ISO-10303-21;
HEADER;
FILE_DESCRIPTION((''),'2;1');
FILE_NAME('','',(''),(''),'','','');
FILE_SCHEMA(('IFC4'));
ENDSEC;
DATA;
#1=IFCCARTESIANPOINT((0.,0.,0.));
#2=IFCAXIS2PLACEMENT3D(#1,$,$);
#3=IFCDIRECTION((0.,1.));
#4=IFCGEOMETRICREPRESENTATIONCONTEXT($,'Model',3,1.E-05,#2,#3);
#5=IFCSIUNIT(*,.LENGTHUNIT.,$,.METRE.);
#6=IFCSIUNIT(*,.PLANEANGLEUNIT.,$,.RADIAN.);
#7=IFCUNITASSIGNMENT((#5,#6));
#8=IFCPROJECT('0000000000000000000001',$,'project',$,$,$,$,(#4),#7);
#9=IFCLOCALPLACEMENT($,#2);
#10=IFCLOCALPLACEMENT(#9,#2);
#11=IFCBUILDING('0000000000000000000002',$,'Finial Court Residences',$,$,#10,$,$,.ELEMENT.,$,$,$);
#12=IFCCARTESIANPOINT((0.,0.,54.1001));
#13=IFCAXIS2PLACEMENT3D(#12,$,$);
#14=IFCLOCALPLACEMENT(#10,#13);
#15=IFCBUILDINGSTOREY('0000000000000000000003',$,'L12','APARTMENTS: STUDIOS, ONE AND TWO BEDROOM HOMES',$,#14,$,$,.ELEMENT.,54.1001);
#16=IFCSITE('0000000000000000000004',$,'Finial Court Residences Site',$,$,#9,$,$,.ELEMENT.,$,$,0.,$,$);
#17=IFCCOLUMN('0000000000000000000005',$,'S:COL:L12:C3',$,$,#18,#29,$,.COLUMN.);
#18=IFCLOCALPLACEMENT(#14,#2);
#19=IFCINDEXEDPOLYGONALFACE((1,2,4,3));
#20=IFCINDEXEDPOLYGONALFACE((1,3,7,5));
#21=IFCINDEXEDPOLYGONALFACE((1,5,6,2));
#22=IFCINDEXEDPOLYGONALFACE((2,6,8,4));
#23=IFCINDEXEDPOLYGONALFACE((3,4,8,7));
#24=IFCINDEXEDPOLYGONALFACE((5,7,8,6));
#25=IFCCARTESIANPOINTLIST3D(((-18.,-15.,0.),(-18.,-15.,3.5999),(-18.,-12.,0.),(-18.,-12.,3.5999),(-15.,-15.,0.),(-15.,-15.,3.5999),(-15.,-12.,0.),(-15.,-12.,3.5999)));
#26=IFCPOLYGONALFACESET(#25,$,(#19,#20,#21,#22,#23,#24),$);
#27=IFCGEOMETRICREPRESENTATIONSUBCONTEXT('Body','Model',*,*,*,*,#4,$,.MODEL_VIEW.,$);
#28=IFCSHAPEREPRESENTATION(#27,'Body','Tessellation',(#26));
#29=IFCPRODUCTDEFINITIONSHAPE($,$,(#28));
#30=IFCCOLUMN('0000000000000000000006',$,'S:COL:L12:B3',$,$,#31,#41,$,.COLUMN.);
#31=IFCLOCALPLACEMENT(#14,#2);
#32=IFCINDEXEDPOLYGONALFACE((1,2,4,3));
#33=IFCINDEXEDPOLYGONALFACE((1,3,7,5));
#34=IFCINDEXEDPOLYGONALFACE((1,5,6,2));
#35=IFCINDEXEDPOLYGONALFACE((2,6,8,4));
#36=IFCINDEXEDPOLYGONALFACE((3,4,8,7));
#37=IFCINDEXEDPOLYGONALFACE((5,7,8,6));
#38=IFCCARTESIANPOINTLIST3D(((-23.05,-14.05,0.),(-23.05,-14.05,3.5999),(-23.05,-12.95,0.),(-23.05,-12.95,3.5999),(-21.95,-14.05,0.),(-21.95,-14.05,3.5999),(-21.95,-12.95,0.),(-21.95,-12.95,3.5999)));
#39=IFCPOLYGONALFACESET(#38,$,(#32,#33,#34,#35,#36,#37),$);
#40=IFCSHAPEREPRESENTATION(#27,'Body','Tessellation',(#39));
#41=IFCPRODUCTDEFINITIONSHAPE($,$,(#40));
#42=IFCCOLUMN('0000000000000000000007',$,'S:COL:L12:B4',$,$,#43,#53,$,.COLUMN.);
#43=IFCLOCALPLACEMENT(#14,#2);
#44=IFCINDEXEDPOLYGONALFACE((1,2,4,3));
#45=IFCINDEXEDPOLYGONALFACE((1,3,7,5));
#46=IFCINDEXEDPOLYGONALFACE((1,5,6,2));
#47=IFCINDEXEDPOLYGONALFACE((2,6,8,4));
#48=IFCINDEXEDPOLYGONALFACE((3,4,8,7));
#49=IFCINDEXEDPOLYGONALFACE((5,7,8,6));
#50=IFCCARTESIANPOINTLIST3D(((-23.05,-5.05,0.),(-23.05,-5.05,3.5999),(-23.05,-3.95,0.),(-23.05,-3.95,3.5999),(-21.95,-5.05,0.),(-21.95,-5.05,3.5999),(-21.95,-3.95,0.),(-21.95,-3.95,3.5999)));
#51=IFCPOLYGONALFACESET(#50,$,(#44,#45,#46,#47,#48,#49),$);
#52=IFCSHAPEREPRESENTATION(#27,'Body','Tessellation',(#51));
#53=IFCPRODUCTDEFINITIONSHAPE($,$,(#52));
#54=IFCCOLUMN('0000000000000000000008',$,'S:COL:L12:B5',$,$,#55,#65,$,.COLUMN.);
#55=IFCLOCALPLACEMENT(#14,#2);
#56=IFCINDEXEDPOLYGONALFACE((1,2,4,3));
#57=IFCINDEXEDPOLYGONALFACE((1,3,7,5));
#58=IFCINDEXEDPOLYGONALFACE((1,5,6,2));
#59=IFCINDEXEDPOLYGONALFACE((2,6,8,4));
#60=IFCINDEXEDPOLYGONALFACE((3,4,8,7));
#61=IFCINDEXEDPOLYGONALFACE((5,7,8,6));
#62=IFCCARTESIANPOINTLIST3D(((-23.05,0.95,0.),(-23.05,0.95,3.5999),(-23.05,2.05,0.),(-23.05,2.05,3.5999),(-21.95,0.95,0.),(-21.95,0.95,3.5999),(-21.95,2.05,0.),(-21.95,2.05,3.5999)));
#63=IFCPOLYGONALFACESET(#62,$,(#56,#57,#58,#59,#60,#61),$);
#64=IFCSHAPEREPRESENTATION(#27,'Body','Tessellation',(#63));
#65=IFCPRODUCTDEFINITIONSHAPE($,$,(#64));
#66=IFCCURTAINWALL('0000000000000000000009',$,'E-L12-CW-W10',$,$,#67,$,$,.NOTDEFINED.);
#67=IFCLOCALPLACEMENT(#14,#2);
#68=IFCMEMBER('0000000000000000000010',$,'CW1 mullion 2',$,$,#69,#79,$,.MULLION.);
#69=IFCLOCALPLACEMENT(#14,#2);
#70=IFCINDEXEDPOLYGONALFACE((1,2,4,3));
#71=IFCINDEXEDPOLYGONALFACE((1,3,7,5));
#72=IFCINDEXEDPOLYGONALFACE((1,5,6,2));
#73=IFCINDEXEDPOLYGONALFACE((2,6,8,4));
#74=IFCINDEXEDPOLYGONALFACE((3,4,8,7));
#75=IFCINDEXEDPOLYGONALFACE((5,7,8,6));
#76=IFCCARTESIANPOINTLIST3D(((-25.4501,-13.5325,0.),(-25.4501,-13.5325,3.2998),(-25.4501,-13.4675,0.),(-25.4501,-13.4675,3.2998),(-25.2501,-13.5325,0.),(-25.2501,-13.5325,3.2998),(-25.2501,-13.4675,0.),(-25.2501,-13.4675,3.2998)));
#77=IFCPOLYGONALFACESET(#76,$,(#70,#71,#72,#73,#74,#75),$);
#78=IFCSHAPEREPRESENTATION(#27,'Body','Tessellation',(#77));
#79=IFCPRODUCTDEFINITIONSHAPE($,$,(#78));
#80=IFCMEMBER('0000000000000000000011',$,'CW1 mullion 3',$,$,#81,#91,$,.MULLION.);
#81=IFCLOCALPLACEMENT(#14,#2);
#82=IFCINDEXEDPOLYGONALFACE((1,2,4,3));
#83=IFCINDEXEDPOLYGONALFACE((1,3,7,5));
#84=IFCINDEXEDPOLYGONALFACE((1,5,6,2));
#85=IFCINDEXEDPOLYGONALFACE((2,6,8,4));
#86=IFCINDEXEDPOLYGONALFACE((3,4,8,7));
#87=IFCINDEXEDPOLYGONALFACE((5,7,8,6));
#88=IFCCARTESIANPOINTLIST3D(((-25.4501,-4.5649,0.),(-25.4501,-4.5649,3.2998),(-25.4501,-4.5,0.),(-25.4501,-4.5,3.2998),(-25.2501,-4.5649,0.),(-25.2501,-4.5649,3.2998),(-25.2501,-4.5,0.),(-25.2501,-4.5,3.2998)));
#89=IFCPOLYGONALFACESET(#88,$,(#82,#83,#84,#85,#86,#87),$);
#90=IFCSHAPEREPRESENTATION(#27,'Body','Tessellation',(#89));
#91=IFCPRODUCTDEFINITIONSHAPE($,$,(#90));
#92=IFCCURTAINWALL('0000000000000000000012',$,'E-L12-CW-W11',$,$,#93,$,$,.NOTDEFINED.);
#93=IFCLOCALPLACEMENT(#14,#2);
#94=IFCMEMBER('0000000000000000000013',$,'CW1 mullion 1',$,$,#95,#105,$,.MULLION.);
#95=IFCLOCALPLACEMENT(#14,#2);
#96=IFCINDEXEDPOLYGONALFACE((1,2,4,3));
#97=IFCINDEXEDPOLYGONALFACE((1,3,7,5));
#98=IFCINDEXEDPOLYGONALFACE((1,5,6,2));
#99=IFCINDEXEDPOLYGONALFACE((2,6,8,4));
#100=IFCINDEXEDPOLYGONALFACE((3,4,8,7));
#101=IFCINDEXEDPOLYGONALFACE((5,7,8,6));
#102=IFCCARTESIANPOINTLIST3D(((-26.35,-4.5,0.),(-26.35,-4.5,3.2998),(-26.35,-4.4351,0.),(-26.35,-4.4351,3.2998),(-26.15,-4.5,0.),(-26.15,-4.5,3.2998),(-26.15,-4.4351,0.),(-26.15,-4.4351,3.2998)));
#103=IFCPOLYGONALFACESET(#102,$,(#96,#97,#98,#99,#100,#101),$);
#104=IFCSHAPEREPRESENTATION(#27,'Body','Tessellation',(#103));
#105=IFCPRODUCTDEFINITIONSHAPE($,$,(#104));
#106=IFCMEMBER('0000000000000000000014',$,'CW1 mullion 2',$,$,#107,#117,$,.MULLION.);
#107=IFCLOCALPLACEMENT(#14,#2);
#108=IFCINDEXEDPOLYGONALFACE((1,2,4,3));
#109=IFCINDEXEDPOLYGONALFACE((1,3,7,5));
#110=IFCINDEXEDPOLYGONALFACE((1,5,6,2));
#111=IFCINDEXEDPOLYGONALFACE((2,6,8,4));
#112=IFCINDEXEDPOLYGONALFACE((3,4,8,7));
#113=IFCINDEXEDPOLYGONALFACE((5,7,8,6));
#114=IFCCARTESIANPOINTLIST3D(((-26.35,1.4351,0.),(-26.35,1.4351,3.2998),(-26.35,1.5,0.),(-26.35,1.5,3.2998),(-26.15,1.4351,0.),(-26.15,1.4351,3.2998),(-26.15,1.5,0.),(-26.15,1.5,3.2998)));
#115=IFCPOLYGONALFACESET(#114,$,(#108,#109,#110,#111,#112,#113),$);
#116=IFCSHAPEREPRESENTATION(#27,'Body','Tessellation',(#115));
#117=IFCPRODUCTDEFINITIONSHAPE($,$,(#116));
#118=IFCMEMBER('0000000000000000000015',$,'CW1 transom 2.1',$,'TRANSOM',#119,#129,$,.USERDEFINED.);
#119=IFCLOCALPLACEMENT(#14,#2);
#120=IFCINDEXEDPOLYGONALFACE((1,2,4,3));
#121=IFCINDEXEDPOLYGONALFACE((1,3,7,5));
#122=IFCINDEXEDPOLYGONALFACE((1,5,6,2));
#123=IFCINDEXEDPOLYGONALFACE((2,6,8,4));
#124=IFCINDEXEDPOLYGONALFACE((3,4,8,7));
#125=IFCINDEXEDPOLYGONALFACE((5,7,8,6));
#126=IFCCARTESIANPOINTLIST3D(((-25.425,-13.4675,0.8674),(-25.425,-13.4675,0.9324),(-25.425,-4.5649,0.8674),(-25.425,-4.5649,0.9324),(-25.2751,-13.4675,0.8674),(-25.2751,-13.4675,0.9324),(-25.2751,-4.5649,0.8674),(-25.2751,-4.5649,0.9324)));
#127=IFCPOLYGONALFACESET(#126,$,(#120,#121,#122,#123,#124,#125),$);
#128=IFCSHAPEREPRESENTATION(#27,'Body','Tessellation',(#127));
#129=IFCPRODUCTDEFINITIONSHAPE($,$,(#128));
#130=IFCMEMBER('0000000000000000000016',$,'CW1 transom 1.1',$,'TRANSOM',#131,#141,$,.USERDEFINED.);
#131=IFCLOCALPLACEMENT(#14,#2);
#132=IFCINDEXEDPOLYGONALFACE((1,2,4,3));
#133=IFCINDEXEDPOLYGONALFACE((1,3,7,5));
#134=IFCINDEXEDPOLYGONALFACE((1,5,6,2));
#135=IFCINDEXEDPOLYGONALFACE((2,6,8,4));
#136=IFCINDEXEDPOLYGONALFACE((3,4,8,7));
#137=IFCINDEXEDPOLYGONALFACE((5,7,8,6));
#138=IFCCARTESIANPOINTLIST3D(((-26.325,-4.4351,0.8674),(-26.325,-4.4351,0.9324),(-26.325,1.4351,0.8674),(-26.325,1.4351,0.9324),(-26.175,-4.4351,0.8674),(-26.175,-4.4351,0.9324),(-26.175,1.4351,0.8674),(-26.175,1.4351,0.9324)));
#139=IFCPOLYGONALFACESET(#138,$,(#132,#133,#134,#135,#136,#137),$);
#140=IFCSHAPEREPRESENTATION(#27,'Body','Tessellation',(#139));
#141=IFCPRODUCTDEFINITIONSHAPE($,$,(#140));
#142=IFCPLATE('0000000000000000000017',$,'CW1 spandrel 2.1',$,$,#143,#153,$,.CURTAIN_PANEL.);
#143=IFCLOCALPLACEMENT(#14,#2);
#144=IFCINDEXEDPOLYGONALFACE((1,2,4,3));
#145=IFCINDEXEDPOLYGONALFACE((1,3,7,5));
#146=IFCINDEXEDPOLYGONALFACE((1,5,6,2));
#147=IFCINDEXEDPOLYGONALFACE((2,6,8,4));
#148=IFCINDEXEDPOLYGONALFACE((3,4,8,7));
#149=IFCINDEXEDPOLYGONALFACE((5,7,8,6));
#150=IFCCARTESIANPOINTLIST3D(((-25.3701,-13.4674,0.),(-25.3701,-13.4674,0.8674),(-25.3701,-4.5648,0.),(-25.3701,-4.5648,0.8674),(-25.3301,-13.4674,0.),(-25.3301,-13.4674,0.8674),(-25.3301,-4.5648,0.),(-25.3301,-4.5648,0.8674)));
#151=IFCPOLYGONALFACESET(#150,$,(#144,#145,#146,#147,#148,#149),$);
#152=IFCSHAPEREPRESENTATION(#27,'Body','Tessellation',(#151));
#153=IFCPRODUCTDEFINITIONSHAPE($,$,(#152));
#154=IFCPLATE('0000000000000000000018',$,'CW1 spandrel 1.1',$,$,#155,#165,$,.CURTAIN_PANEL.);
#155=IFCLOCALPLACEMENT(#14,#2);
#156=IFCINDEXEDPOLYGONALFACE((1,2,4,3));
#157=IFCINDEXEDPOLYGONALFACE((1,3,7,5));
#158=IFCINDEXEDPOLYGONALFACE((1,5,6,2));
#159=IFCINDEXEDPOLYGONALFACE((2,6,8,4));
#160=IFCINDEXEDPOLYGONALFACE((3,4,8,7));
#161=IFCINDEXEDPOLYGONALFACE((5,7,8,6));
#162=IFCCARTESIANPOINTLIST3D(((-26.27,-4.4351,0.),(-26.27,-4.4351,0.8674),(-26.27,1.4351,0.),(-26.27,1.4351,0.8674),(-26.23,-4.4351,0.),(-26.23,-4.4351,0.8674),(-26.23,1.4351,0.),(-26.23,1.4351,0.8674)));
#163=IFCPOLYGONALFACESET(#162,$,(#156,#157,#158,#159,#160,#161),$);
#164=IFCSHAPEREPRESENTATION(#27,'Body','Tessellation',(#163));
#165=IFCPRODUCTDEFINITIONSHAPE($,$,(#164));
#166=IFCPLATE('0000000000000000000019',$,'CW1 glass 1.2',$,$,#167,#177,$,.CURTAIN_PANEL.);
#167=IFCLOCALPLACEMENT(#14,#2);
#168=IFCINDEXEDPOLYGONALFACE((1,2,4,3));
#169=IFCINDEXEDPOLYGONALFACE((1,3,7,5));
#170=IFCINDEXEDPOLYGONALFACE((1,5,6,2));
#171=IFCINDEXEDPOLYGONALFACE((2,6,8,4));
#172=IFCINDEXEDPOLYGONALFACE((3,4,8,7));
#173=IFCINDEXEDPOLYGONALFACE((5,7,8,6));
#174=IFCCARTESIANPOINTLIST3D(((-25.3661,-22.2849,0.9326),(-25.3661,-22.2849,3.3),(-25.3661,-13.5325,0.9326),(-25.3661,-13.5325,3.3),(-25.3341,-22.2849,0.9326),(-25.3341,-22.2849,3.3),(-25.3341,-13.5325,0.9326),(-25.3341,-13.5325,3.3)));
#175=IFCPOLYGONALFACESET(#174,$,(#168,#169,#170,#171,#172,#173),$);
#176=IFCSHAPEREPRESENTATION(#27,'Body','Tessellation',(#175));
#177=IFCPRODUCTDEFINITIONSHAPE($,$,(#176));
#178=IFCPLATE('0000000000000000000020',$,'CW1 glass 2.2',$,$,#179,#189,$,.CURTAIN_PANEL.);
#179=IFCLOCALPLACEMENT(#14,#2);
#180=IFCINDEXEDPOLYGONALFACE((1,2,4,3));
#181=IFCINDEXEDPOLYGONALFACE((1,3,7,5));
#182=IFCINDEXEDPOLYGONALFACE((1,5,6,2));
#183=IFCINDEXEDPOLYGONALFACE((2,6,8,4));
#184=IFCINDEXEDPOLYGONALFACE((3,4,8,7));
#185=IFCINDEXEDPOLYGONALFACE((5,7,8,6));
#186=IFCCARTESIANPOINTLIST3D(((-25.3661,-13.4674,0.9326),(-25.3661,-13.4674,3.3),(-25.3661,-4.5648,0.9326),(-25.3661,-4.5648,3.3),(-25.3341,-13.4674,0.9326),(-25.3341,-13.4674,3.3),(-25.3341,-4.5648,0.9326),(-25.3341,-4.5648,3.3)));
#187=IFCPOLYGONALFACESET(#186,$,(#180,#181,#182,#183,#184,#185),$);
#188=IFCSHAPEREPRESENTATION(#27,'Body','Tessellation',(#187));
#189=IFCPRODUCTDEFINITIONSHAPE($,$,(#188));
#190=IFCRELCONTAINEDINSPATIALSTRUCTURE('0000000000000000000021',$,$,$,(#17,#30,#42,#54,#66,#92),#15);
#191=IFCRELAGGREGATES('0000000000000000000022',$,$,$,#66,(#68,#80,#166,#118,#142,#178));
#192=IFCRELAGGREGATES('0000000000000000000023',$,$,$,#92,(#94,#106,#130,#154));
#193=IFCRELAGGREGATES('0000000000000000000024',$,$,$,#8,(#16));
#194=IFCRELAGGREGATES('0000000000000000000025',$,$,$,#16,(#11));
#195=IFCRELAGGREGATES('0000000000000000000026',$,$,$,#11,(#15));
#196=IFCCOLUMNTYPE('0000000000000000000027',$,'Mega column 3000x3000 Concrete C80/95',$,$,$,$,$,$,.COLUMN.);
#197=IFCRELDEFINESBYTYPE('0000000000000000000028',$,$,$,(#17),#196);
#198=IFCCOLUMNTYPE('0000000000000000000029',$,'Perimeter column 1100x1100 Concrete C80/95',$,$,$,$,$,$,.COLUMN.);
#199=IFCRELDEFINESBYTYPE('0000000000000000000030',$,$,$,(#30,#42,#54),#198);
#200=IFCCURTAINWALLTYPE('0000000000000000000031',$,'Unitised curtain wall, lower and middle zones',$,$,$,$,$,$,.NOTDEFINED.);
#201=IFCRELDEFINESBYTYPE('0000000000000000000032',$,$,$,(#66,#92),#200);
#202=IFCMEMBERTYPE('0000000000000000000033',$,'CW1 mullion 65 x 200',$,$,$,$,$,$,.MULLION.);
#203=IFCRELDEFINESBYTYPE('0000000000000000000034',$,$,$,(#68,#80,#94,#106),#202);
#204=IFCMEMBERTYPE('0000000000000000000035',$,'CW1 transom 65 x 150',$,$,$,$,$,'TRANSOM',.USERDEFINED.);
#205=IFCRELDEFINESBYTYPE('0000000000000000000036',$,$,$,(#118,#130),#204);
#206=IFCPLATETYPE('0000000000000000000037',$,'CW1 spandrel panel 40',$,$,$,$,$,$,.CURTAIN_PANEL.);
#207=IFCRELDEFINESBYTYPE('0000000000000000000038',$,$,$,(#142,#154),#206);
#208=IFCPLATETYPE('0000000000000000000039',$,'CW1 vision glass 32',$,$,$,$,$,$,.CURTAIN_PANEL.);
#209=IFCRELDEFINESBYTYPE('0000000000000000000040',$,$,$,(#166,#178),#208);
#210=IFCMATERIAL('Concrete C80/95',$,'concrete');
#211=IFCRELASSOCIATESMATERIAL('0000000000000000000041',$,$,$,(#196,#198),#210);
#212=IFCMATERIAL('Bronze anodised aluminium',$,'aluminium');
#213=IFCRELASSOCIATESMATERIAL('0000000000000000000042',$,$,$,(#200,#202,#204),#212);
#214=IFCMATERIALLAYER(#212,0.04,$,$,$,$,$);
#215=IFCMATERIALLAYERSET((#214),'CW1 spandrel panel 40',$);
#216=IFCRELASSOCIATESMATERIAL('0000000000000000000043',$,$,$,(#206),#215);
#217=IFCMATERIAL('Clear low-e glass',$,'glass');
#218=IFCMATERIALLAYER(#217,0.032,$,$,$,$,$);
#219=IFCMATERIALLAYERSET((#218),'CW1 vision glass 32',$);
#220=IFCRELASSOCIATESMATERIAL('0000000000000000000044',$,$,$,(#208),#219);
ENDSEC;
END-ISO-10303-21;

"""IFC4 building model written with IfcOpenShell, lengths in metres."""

from ifc_helpers import new_model, si_unit, direction, frame, origin, origin_2d, place, context, subcontext, project, spatial, rectangle, extrude, material, layer, layer_set, material_profile, profile_set, type_object, element, aggregate, save


model = new_model("IFC4")

# Units and contexts
model_context = context("Model", 3, precision=1e-05, world=origin(), true_north=direction((0.0, 1.0)))
body_context = subcontext(model_context, "Body", "Model", "MODEL_VIEW")
ifc_project = project(units=[si_unit("LENGTHUNIT", "METRE"), si_unit("PLANEANGLEUNIT", "RADIAN")], contexts=[model_context])

# Site, building, storey
site_placement = place(None, origin())
site = spatial("IfcSite", under=ifc_project, at=site_placement, Name="Finial Court Residences Site", CompositionType="ELEMENT", RefElevation=0.0)
building_placement = place(site_placement, origin())
building = spatial("IfcBuilding", under=site, at=building_placement, Name="Finial Court Residences", CompositionType="ELEMENT")
storey_placement = place(building_placement, frame((0.0, 0.0, 54.1001)))
storey = spatial("IfcBuildingStorey", under=building, at=storey_placement, Name="L12", Description="APARTMENTS: STUDIOS, ONE AND TWO BEDROOM HOMES", CompositionType="ELEMENT", Elevation=54.1001)

# Columns
ifc_material_1 = material(Name="Concrete C80/95", Category="concrete")
ifc_material_profile_1 = material_profile(ifc_material_1, rectangle(XDim=3.0, YDim=3.0, at=origin_2d()), Name="3000x3000")
ifc_profile_set_1 = profile_set([ifc_material_profile_1], Name="Concrete C80/95")
column_type_1 = type_object("IfcColumnType", Name="Mega column 3000x3000 Concrete C80/95", PredefinedType="COLUMN", material=ifc_profile_set_1)
column_placement = place(storey_placement, frame((-16.5, -13.5, 0.0), z_axis=(0.0, 0.0, 1.0), x_axis=(1.0, 0.0, 0.0)))
element("IfcColumn", 1, at=column_placement, inside=storey, type_object=column_type_1, Name="S:COL:L12:C3", PredefinedType="COLUMN", context=body_context, shape_type="SweptSolid", body=[
    extrude(rectangle(XDim=3.0, YDim=3.0, at=origin_2d()), origin(), (0.0, 0.0, 1.0), 3.5999),
])
ifc_material_profile_2 = material_profile(ifc_material_1, rectangle(XDim=1.1001, YDim=1.1001, at=origin_2d()), Name="1100x1100")
ifc_profile_set_2 = profile_set([ifc_material_profile_2], Name="Concrete C80/95")
column_type_2 = type_object("IfcColumnType", Name="Perimeter column 1100x1100 Concrete C80/95", PredefinedType="COLUMN", material=ifc_profile_set_2)
for number, where, z_axis, x_axis, name in (
    (2, (-22.5, -13.5, 0.0), (0.0, 0.0, 1.0), (1.0, 0.0, 0.0), "S:COL:L12:B3"),
    (3, (-22.5, -4.5, 0.0), (0.0, 0.0, 1.0), (1.0, 0.0, 0.0), "S:COL:L12:B4"),
    (4, (-22.5, 1.5, 0.0), (0.0, 0.0, 1.0), (1.0, 0.0, 0.0), "S:COL:L12:B5"),
):
    element("IfcColumn", number, at=place(storey_placement, frame(where, z_axis=z_axis, x_axis=x_axis)), inside=storey, type_object=column_type_2, Name=name, PredefinedType="COLUMN", context=body_context, shape_type="SweptSolid", body=[
        extrude(rectangle(XDim=1.1001, YDim=1.1001, at=origin_2d()), origin(), (0.0, 0.0, 1.0), 3.5999),
    ])

# Curtain walls, members
ifc_material_2 = material(Name="Bronze anodised aluminium", Category="aluminium")
curtain_wall_type = type_object("IfcCurtainWallType", Name="Unitised curtain wall, lower and middle zones", PredefinedType="NOTDEFINED", material=ifc_material_2)
curtain_wall_1_placement = place(storey_placement, origin())
curtain_wall_1 = element("IfcCurtainWall", 5, at=curtain_wall_1_placement, inside=storey, type_object=curtain_wall_type, Name="E-L12-CW-W10", PredefinedType="NOTDEFINED")
ifc_material_profile_3 = material_profile(ifc_material_2, rectangle(XDim=0.2, YDim=0.0649, at=origin_2d()), Name="CW1 mullion 65 x 200")
ifc_profile_set_3 = profile_set([ifc_material_profile_3], Name="Bronze anodised aluminium")
member_type_1 = type_object("IfcMemberType", Name="CW1 mullion 65 x 200", PredefinedType="MULLION", material=ifc_profile_set_3)
member_1_placement = place(storey_placement, frame((-25.3501, -13.5, 0.0), z_axis=(0.0, 0.0, 1.0), x_axis=(-1.0, 0.0, 0.0)))
member_1 = element("IfcMember", 6, at=member_1_placement, type_object=member_type_1, Name="CW1 mullion 2", PredefinedType="MULLION", context=body_context, shape_type="SweptSolid", body=[
    extrude(rectangle(XDim=0.2, YDim=0.0649, at=origin_2d()), origin(), (0.0, 0.0, 1.0), 3.2998),
])
member_2_placement = place(storey_placement, frame((-25.3501, -4.5325, 0.0), z_axis=(0.0, 0.0, 1.0), x_axis=(-1.0, 0.0, 0.0)))
member_2 = element("IfcMember", 7, at=member_2_placement, type_object=member_type_1, Name="CW1 mullion 3", PredefinedType="MULLION", context=body_context, shape_type="SweptSolid", body=[
    extrude(rectangle(XDim=0.2, YDim=0.0649, at=origin_2d()), origin(), (0.0, 0.0, 1.0), 3.2998),
])
curtain_wall_2_placement = place(storey_placement, origin())
curtain_wall_2 = element("IfcCurtainWall", 8, at=curtain_wall_2_placement, inside=storey, type_object=curtain_wall_type, Name="E-L12-CW-W11", PredefinedType="NOTDEFINED")
member_3_placement = place(storey_placement, frame((-26.25, -4.4675, 0.0), z_axis=(0.0, 0.0, 1.0), x_axis=(-1.0, 0.0, 0.0)))
member_3 = element("IfcMember", 9, at=member_3_placement, type_object=member_type_1, Name="CW1 mullion 1", PredefinedType="MULLION", context=body_context, shape_type="SweptSolid", body=[
    extrude(rectangle(XDim=0.2, YDim=0.0649, at=origin_2d()), origin(), (0.0, 0.0, 1.0), 3.2998),
])
member_4_placement = place(storey_placement, frame((-26.25, 1.4675, 0.0), z_axis=(0.0, 0.0, 1.0), x_axis=(-1.0, 0.0, 0.0)))
member_4 = element("IfcMember", 10, at=member_4_placement, type_object=member_type_1, Name="CW1 mullion 2", PredefinedType="MULLION", context=body_context, shape_type="SweptSolid", body=[
    extrude(rectangle(XDim=0.2, YDim=0.0649, at=origin_2d()), origin(), (0.0, 0.0, 1.0), 3.2998),
])

# Members
ifc_material_profile_4 = material_profile(ifc_material_2, rectangle(XDim=0.1499, YDim=0.0649, at=origin_2d()), Name="CW1 transom 65 x 150")
ifc_profile_set_4 = profile_set([ifc_material_profile_4], Name="Bronze anodised aluminium")
member_type_2 = type_object("IfcMemberType", Name="CW1 transom 65 x 150", ElementType="TRANSOM", PredefinedType="USERDEFINED", material=ifc_profile_set_4)
member_5_placement = place(storey_placement, frame((-25.3501, -13.4675, 0.8999), z_axis=(0.0, 1.0, 0.0), x_axis=(-1.0, 0.0, 0.0)))
member_5 = element("IfcMember", 11, at=member_5_placement, type_object=member_type_2, Name="CW1 transom 2.1", ObjectType="TRANSOM", PredefinedType="USERDEFINED", context=body_context, shape_type="SweptSolid", body=[
    extrude(rectangle(XDim=0.1499, YDim=0.0649, at=origin_2d()), origin(), (0.0, 0.0, 1.0), 8.9026),
])
member_6_placement = place(storey_placement, frame((-26.25, -4.4351, 0.8999), z_axis=(0.0, 1.0, 0.0), x_axis=(-1.0, 0.0, 0.0)))
member_6 = element("IfcMember", 12, at=member_6_placement, type_object=member_type_2, Name="CW1 transom 1.1", ObjectType="TRANSOM", PredefinedType="USERDEFINED", context=body_context, shape_type="SweptSolid", body=[
    extrude(rectangle(XDim=0.1499, YDim=0.0649, at=origin_2d()), origin(), (0.0, 0.0, 1.0), 5.8701),
])

# Plates
ifc_layer_1 = layer(ifc_material_2, 0.04)
ifc_layer_set_1 = layer_set([ifc_layer_1], Name="CW1 spandrel panel 40")
plate_type_1 = type_object("IfcPlateType", Name="CW1 spandrel panel 40", PredefinedType="CURTAIN_PANEL", material=ifc_layer_set_1)
plate_1_placement = place(storey_placement, frame((-25.3501, -9.0161, 0.0), z_axis=(0.0, 0.0, 1.0), x_axis=(0.0, 1.0, 0.0)))
plate_1 = element("IfcPlate", 13, at=plate_1_placement, type_object=plate_type_1, Name="CW1 spandrel 2.1", PredefinedType="CURTAIN_PANEL", context=body_context, shape_type="SweptSolid", body=[
    extrude(rectangle(XDim=8.9026, YDim=0.04, at=origin_2d()), origin(), (0.0, 0.0, 1.0), 0.8674),
])
plate_2_placement = place(storey_placement, frame((-26.25, -1.5, 0.0), z_axis=(0.0, 0.0, 1.0), x_axis=(0.0, 1.0, 0.0)))
plate_2 = element("IfcPlate", 14, at=plate_2_placement, type_object=plate_type_1, Name="CW1 spandrel 1.1", PredefinedType="CURTAIN_PANEL", context=body_context, shape_type="SweptSolid", body=[
    extrude(rectangle(XDim=5.8701, YDim=0.04, at=origin_2d()), origin(), (0.0, 0.0, 1.0), 0.8674),
])
ifc_material_3 = material(Name="Clear low-e glass", Category="glass")
ifc_layer_2 = layer(ifc_material_3, 0.032)
ifc_layer_set_2 = layer_set([ifc_layer_2], Name="CW1 vision glass 32")
plate_type_2 = type_object("IfcPlateType", Name="CW1 vision glass 32", PredefinedType="CURTAIN_PANEL", material=ifc_layer_set_2)
plate_3_placement = place(storey_placement, frame((-25.3501, -17.9087, 0.9326), z_axis=(0.0, 0.0, 1.0), x_axis=(0.0, 1.0, 0.0)))
plate_3 = element("IfcPlate", 15, at=plate_3_placement, type_object=plate_type_2, Name="CW1 glass 1.2", PredefinedType="CURTAIN_PANEL", context=body_context, shape_type="SweptSolid", body=[
    extrude(rectangle(XDim=8.7524, YDim=0.032, at=origin_2d()), origin(), (0.0, 0.0, 1.0), 2.3674),
])
plate_4_placement = place(storey_placement, frame((-25.3501, -9.0161, 0.9326), z_axis=(0.0, 0.0, 1.0), x_axis=(0.0, 1.0, 0.0)))
plate_4 = element("IfcPlate", 16, at=plate_4_placement, type_object=plate_type_2, Name="CW1 glass 2.2", PredefinedType="CURTAIN_PANEL", context=body_context, shape_type="SweptSolid", body=[
    extrude(rectangle(XDim=8.9026, YDim=0.032, at=origin_2d()), origin(), (0.0, 0.0, 1.0), 2.3674),
])
aggregate(curtain_wall_1, [member_1, member_2, plate_3, member_5, plate_1, plate_4])
aggregate(curtain_wall_2, [member_3, member_4, member_6, plate_2])

save(model, "model.ifc")
